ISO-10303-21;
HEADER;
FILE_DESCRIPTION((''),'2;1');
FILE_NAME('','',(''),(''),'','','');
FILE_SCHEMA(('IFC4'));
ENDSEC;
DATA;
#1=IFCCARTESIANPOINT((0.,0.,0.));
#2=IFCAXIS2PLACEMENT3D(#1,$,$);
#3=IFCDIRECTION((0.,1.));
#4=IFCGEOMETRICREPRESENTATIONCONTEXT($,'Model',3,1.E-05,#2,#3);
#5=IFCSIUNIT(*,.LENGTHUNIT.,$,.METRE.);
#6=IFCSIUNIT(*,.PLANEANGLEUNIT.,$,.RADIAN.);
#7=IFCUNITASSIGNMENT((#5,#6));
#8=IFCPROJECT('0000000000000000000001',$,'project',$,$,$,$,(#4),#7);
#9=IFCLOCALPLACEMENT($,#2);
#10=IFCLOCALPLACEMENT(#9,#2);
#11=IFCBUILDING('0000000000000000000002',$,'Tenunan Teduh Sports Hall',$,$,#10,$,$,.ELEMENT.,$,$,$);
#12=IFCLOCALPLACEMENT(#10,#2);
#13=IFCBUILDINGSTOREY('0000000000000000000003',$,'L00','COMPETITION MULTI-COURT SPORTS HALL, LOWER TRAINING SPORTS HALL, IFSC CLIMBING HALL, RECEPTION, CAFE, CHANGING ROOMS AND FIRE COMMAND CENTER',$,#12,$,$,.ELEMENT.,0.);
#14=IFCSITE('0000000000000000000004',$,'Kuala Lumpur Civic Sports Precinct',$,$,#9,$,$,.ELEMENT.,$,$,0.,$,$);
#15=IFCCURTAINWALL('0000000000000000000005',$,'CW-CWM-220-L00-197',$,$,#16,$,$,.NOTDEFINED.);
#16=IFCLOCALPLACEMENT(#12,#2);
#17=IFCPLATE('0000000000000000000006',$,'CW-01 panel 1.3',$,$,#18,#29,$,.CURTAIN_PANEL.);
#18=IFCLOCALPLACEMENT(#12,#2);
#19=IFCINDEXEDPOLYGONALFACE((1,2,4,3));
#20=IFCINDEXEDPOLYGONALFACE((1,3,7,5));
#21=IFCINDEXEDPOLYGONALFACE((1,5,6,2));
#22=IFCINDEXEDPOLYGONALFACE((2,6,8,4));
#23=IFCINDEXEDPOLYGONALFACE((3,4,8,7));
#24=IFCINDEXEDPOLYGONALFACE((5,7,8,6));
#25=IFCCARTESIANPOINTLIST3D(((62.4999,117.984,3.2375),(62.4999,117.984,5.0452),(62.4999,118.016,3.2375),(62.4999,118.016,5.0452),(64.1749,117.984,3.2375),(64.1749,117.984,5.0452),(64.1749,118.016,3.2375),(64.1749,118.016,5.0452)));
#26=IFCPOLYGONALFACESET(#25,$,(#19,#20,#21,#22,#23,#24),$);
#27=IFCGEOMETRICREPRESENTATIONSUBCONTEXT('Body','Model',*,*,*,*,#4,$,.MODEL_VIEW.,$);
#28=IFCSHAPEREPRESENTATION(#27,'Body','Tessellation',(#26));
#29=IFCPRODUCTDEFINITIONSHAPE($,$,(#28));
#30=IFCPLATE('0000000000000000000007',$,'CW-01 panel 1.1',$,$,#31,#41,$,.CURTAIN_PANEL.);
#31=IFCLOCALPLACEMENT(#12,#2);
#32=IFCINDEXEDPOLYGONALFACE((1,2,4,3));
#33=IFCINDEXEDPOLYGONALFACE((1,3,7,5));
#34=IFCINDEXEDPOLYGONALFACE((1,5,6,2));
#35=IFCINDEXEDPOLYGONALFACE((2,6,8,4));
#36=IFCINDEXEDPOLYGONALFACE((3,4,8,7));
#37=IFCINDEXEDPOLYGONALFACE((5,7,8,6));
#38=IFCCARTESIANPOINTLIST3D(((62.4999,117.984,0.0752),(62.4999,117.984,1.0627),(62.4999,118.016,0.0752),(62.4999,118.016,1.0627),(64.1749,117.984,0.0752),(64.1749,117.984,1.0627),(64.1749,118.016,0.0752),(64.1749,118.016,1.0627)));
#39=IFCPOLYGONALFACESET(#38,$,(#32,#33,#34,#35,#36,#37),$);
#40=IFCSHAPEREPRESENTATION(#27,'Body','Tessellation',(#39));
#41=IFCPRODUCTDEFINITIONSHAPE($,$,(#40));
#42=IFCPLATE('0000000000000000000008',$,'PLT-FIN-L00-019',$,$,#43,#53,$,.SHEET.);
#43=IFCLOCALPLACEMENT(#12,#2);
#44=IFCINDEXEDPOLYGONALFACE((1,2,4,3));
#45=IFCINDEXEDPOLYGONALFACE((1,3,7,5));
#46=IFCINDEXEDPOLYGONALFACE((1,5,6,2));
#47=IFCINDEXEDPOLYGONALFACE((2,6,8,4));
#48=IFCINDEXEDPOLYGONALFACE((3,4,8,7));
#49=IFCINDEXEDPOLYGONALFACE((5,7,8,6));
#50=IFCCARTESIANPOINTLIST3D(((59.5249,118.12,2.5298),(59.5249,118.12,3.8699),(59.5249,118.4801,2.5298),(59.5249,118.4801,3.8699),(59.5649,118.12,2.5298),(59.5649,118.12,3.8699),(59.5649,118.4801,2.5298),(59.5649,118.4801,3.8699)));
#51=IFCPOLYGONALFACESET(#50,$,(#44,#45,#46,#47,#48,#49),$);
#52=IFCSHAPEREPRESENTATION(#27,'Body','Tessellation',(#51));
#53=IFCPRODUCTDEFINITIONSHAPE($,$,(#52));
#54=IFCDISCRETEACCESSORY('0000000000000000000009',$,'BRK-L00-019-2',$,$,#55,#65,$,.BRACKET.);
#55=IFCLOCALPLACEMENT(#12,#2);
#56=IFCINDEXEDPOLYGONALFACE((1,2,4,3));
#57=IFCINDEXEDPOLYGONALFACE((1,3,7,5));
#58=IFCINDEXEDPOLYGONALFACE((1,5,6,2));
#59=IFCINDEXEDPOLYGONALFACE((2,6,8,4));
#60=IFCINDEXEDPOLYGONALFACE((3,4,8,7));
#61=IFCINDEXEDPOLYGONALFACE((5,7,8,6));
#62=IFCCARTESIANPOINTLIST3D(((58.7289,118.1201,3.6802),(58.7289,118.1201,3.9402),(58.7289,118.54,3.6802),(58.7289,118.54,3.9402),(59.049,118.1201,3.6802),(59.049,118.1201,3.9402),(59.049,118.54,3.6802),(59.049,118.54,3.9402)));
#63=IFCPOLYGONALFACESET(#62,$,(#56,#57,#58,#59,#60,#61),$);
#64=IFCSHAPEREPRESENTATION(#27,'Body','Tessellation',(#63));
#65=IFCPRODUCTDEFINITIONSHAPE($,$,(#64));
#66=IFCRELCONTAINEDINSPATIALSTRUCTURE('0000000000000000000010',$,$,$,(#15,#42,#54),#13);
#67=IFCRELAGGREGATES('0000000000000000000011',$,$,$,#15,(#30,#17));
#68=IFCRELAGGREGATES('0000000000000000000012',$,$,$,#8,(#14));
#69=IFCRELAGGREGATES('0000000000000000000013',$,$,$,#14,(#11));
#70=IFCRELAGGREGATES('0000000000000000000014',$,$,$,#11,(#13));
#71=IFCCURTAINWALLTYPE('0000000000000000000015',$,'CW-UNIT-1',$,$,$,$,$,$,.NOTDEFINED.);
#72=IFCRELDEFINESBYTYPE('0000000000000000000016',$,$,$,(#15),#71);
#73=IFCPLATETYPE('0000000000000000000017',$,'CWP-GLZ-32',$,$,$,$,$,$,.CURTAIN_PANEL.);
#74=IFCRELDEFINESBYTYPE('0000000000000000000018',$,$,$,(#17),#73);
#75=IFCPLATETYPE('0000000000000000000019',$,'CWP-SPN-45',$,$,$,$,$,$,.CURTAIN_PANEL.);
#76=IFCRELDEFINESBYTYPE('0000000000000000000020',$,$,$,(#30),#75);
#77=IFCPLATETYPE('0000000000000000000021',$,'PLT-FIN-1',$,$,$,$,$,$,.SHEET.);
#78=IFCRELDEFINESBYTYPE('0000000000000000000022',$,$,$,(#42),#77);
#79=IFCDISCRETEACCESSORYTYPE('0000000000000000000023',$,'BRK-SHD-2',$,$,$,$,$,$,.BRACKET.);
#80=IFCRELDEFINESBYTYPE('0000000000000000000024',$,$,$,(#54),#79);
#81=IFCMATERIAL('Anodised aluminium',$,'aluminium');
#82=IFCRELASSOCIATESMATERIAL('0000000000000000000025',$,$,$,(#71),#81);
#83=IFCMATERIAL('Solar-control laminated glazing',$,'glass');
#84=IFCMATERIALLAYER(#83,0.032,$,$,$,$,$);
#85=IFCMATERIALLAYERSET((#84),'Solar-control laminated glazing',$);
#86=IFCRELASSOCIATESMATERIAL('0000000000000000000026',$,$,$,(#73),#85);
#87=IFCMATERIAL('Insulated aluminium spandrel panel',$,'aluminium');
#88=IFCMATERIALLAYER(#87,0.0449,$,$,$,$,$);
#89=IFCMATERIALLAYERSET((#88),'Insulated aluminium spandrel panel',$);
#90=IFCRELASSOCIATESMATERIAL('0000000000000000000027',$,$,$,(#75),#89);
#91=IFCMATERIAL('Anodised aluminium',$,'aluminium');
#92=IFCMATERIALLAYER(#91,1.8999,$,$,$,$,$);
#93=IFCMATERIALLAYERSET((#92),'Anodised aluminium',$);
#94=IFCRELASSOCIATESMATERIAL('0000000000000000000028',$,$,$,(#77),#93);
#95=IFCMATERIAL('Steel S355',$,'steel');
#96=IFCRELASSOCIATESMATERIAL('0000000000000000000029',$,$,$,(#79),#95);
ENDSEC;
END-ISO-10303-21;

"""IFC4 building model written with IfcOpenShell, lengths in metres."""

from ifc_helpers import new_model, si_unit, direction, frame, origin, origin_2d, place, context, subcontext, project, spatial, rectangle, extrude, material, layer, layer_set, type_object, element, aggregate, save


model = new_model("IFC4")

# Units and contexts
model_context = context("Model", 3, precision=1e-05, world=origin(), true_north=direction((0.0, 1.0)))
body_context = subcontext(model_context, "Body", "Model", "MODEL_VIEW")
ifc_project = project(units=[si_unit("LENGTHUNIT", "METRE"), si_unit("PLANEANGLEUNIT", "RADIAN")], contexts=[model_context])

# Site, building, storey
site_placement = place(None, origin())
site = spatial("IfcSite", under=ifc_project, at=site_placement, Name="Kuala Lumpur Civic Sports Precinct", CompositionType="ELEMENT", RefElevation=0.0)
building_placement = place(site_placement, origin())
building = spatial("IfcBuilding", under=site, at=building_placement, Name="Tenunan Teduh Sports Hall", CompositionType="ELEMENT")
storey_placement = place(building_placement, origin())
storey = spatial("IfcBuildingStorey", under=building, at=storey_placement, Name="L00", Description="COMPETITION MULTI-COURT SPORTS HALL, LOWER TRAINING SPORTS HALL, IFSC CLIMBING HALL, RECEPTION, CAFE, CHANGING ROOMS AND FIRE COMMAND CENTER", CompositionType="ELEMENT", Elevation=0.0)

# Curtain wall
ifc_material_1 = material(Name="Anodised aluminium", Category="aluminium")
curtain_wall_type = type_object("IfcCurtainWallType", Name="CW-UNIT-1", PredefinedType="NOTDEFINED", material=ifc_material_1)
curtain_wall_placement = place(storey_placement, origin())
curtain_wall = element("IfcCurtainWall", 1, at=curtain_wall_placement, inside=storey, type_object=curtain_wall_type, Name="CW-CWM-220-L00-197", PredefinedType="NOTDEFINED")

# Plates
ifc_material_2 = material(Name="Solar-control laminated glazing", Category="glass")
ifc_layer_1 = layer(ifc_material_2, 0.032)
ifc_layer_set_1 = layer_set([ifc_layer_1], Name="Solar-control laminated glazing")
plate_type_1 = type_object("IfcPlateType", Name="CWP-GLZ-32", PredefinedType="CURTAIN_PANEL", material=ifc_layer_set_1)
plate_1_placement = place(storey_placement, frame((63.3374, 118.0, 3.2375), z_axis=(0.0, 0.0, 1.0), x_axis=(1.0, 0.0, 0.0)))
plate_1 = element("IfcPlate", 2, at=plate_1_placement, type_object=plate_type_1, Name="CW-01 panel 1.3", PredefinedType="CURTAIN_PANEL", context=body_context, shape_type="SweptSolid", body=[
    extrude(rectangle(XDim=1.675, YDim=0.032, at=origin_2d()), origin(), (0.0, 0.0, 1.0), 1.8076),
])
ifc_material_3 = material(Name="Insulated aluminium spandrel panel", Category="aluminium")
ifc_layer_2 = layer(ifc_material_3, 0.0449)
ifc_layer_set_2 = layer_set([ifc_layer_2], Name="Insulated aluminium spandrel panel")
plate_type_2 = type_object("IfcPlateType", Name="CWP-SPN-45", PredefinedType="CURTAIN_PANEL", material=ifc_layer_set_2)
plate_2_placement = place(storey_placement, frame((63.3374, 118.0, 0.0752), z_axis=(0.0, 0.0, 1.0), x_axis=(1.0, 0.0, 0.0)))
plate_2 = element("IfcPlate", 3, at=plate_2_placement, type_object=plate_type_2, Name="CW-01 panel 1.1", PredefinedType="CURTAIN_PANEL", context=body_context, shape_type="SweptSolid", body=[
    extrude(rectangle(XDim=1.675, YDim=0.032, at=origin_2d()), origin(), (0.0, 0.0, 1.0), 0.9875),
])
aggregate(curtain_wall, [plate_2, plate_1])
ifc_material_4 = material(Name="Anodised aluminium", Category="aluminium")
ifc_layer_3 = layer(ifc_material_4, 1.8999)
ifc_layer_set_3 = layer_set([ifc_layer_3], Name="Anodised aluminium")
plate_type_3 = type_object("IfcPlateType", Name="PLT-FIN-1", PredefinedType="SHEET", material=ifc_layer_set_3)
plate_3_placement = place(storey_placement, frame((59.5449, 118.3, 2.5298), z_axis=(0.0, 0.0, 1.0), x_axis=(1.0, 0.0, 0.0)))
element("IfcPlate", 4, at=plate_3_placement, inside=storey, type_object=plate_type_3, Name="PLT-FIN-L00-019", PredefinedType="SHEET", context=body_context, shape_type="SweptSolid", body=[
    extrude(rectangle(XDim=0.04, YDim=0.3601, at=origin_2d()), origin(), (0.0, 0.0, 1.0), 1.3401),
])

# Discrete accessory
ifc_material_5 = material(Name="Steel S355", Category="steel")
discrete_accessory_type = type_object("IfcDiscreteAccessoryType", Name="BRK-SHD-2", PredefinedType="BRACKET", material=ifc_material_5)
discrete_accessory_placement = place(storey_placement, frame((58.8889, 118.3301, 3.6802), z_axis=(0.0, 0.0, 1.0), x_axis=(1.0, 0.0, 0.0)))
element("IfcDiscreteAccessory", 5, at=discrete_accessory_placement, inside=storey, type_object=discrete_accessory_type, Name="BRK-L00-019-2", PredefinedType="BRACKET", context=body_context, shape_type="SweptSolid", body=[
    extrude(rectangle(XDim=0.3201, YDim=0.4199, at=origin_2d()), origin(), (0.0, 0.0, 1.0), 0.26),
])

save(model, "model.ifc")
